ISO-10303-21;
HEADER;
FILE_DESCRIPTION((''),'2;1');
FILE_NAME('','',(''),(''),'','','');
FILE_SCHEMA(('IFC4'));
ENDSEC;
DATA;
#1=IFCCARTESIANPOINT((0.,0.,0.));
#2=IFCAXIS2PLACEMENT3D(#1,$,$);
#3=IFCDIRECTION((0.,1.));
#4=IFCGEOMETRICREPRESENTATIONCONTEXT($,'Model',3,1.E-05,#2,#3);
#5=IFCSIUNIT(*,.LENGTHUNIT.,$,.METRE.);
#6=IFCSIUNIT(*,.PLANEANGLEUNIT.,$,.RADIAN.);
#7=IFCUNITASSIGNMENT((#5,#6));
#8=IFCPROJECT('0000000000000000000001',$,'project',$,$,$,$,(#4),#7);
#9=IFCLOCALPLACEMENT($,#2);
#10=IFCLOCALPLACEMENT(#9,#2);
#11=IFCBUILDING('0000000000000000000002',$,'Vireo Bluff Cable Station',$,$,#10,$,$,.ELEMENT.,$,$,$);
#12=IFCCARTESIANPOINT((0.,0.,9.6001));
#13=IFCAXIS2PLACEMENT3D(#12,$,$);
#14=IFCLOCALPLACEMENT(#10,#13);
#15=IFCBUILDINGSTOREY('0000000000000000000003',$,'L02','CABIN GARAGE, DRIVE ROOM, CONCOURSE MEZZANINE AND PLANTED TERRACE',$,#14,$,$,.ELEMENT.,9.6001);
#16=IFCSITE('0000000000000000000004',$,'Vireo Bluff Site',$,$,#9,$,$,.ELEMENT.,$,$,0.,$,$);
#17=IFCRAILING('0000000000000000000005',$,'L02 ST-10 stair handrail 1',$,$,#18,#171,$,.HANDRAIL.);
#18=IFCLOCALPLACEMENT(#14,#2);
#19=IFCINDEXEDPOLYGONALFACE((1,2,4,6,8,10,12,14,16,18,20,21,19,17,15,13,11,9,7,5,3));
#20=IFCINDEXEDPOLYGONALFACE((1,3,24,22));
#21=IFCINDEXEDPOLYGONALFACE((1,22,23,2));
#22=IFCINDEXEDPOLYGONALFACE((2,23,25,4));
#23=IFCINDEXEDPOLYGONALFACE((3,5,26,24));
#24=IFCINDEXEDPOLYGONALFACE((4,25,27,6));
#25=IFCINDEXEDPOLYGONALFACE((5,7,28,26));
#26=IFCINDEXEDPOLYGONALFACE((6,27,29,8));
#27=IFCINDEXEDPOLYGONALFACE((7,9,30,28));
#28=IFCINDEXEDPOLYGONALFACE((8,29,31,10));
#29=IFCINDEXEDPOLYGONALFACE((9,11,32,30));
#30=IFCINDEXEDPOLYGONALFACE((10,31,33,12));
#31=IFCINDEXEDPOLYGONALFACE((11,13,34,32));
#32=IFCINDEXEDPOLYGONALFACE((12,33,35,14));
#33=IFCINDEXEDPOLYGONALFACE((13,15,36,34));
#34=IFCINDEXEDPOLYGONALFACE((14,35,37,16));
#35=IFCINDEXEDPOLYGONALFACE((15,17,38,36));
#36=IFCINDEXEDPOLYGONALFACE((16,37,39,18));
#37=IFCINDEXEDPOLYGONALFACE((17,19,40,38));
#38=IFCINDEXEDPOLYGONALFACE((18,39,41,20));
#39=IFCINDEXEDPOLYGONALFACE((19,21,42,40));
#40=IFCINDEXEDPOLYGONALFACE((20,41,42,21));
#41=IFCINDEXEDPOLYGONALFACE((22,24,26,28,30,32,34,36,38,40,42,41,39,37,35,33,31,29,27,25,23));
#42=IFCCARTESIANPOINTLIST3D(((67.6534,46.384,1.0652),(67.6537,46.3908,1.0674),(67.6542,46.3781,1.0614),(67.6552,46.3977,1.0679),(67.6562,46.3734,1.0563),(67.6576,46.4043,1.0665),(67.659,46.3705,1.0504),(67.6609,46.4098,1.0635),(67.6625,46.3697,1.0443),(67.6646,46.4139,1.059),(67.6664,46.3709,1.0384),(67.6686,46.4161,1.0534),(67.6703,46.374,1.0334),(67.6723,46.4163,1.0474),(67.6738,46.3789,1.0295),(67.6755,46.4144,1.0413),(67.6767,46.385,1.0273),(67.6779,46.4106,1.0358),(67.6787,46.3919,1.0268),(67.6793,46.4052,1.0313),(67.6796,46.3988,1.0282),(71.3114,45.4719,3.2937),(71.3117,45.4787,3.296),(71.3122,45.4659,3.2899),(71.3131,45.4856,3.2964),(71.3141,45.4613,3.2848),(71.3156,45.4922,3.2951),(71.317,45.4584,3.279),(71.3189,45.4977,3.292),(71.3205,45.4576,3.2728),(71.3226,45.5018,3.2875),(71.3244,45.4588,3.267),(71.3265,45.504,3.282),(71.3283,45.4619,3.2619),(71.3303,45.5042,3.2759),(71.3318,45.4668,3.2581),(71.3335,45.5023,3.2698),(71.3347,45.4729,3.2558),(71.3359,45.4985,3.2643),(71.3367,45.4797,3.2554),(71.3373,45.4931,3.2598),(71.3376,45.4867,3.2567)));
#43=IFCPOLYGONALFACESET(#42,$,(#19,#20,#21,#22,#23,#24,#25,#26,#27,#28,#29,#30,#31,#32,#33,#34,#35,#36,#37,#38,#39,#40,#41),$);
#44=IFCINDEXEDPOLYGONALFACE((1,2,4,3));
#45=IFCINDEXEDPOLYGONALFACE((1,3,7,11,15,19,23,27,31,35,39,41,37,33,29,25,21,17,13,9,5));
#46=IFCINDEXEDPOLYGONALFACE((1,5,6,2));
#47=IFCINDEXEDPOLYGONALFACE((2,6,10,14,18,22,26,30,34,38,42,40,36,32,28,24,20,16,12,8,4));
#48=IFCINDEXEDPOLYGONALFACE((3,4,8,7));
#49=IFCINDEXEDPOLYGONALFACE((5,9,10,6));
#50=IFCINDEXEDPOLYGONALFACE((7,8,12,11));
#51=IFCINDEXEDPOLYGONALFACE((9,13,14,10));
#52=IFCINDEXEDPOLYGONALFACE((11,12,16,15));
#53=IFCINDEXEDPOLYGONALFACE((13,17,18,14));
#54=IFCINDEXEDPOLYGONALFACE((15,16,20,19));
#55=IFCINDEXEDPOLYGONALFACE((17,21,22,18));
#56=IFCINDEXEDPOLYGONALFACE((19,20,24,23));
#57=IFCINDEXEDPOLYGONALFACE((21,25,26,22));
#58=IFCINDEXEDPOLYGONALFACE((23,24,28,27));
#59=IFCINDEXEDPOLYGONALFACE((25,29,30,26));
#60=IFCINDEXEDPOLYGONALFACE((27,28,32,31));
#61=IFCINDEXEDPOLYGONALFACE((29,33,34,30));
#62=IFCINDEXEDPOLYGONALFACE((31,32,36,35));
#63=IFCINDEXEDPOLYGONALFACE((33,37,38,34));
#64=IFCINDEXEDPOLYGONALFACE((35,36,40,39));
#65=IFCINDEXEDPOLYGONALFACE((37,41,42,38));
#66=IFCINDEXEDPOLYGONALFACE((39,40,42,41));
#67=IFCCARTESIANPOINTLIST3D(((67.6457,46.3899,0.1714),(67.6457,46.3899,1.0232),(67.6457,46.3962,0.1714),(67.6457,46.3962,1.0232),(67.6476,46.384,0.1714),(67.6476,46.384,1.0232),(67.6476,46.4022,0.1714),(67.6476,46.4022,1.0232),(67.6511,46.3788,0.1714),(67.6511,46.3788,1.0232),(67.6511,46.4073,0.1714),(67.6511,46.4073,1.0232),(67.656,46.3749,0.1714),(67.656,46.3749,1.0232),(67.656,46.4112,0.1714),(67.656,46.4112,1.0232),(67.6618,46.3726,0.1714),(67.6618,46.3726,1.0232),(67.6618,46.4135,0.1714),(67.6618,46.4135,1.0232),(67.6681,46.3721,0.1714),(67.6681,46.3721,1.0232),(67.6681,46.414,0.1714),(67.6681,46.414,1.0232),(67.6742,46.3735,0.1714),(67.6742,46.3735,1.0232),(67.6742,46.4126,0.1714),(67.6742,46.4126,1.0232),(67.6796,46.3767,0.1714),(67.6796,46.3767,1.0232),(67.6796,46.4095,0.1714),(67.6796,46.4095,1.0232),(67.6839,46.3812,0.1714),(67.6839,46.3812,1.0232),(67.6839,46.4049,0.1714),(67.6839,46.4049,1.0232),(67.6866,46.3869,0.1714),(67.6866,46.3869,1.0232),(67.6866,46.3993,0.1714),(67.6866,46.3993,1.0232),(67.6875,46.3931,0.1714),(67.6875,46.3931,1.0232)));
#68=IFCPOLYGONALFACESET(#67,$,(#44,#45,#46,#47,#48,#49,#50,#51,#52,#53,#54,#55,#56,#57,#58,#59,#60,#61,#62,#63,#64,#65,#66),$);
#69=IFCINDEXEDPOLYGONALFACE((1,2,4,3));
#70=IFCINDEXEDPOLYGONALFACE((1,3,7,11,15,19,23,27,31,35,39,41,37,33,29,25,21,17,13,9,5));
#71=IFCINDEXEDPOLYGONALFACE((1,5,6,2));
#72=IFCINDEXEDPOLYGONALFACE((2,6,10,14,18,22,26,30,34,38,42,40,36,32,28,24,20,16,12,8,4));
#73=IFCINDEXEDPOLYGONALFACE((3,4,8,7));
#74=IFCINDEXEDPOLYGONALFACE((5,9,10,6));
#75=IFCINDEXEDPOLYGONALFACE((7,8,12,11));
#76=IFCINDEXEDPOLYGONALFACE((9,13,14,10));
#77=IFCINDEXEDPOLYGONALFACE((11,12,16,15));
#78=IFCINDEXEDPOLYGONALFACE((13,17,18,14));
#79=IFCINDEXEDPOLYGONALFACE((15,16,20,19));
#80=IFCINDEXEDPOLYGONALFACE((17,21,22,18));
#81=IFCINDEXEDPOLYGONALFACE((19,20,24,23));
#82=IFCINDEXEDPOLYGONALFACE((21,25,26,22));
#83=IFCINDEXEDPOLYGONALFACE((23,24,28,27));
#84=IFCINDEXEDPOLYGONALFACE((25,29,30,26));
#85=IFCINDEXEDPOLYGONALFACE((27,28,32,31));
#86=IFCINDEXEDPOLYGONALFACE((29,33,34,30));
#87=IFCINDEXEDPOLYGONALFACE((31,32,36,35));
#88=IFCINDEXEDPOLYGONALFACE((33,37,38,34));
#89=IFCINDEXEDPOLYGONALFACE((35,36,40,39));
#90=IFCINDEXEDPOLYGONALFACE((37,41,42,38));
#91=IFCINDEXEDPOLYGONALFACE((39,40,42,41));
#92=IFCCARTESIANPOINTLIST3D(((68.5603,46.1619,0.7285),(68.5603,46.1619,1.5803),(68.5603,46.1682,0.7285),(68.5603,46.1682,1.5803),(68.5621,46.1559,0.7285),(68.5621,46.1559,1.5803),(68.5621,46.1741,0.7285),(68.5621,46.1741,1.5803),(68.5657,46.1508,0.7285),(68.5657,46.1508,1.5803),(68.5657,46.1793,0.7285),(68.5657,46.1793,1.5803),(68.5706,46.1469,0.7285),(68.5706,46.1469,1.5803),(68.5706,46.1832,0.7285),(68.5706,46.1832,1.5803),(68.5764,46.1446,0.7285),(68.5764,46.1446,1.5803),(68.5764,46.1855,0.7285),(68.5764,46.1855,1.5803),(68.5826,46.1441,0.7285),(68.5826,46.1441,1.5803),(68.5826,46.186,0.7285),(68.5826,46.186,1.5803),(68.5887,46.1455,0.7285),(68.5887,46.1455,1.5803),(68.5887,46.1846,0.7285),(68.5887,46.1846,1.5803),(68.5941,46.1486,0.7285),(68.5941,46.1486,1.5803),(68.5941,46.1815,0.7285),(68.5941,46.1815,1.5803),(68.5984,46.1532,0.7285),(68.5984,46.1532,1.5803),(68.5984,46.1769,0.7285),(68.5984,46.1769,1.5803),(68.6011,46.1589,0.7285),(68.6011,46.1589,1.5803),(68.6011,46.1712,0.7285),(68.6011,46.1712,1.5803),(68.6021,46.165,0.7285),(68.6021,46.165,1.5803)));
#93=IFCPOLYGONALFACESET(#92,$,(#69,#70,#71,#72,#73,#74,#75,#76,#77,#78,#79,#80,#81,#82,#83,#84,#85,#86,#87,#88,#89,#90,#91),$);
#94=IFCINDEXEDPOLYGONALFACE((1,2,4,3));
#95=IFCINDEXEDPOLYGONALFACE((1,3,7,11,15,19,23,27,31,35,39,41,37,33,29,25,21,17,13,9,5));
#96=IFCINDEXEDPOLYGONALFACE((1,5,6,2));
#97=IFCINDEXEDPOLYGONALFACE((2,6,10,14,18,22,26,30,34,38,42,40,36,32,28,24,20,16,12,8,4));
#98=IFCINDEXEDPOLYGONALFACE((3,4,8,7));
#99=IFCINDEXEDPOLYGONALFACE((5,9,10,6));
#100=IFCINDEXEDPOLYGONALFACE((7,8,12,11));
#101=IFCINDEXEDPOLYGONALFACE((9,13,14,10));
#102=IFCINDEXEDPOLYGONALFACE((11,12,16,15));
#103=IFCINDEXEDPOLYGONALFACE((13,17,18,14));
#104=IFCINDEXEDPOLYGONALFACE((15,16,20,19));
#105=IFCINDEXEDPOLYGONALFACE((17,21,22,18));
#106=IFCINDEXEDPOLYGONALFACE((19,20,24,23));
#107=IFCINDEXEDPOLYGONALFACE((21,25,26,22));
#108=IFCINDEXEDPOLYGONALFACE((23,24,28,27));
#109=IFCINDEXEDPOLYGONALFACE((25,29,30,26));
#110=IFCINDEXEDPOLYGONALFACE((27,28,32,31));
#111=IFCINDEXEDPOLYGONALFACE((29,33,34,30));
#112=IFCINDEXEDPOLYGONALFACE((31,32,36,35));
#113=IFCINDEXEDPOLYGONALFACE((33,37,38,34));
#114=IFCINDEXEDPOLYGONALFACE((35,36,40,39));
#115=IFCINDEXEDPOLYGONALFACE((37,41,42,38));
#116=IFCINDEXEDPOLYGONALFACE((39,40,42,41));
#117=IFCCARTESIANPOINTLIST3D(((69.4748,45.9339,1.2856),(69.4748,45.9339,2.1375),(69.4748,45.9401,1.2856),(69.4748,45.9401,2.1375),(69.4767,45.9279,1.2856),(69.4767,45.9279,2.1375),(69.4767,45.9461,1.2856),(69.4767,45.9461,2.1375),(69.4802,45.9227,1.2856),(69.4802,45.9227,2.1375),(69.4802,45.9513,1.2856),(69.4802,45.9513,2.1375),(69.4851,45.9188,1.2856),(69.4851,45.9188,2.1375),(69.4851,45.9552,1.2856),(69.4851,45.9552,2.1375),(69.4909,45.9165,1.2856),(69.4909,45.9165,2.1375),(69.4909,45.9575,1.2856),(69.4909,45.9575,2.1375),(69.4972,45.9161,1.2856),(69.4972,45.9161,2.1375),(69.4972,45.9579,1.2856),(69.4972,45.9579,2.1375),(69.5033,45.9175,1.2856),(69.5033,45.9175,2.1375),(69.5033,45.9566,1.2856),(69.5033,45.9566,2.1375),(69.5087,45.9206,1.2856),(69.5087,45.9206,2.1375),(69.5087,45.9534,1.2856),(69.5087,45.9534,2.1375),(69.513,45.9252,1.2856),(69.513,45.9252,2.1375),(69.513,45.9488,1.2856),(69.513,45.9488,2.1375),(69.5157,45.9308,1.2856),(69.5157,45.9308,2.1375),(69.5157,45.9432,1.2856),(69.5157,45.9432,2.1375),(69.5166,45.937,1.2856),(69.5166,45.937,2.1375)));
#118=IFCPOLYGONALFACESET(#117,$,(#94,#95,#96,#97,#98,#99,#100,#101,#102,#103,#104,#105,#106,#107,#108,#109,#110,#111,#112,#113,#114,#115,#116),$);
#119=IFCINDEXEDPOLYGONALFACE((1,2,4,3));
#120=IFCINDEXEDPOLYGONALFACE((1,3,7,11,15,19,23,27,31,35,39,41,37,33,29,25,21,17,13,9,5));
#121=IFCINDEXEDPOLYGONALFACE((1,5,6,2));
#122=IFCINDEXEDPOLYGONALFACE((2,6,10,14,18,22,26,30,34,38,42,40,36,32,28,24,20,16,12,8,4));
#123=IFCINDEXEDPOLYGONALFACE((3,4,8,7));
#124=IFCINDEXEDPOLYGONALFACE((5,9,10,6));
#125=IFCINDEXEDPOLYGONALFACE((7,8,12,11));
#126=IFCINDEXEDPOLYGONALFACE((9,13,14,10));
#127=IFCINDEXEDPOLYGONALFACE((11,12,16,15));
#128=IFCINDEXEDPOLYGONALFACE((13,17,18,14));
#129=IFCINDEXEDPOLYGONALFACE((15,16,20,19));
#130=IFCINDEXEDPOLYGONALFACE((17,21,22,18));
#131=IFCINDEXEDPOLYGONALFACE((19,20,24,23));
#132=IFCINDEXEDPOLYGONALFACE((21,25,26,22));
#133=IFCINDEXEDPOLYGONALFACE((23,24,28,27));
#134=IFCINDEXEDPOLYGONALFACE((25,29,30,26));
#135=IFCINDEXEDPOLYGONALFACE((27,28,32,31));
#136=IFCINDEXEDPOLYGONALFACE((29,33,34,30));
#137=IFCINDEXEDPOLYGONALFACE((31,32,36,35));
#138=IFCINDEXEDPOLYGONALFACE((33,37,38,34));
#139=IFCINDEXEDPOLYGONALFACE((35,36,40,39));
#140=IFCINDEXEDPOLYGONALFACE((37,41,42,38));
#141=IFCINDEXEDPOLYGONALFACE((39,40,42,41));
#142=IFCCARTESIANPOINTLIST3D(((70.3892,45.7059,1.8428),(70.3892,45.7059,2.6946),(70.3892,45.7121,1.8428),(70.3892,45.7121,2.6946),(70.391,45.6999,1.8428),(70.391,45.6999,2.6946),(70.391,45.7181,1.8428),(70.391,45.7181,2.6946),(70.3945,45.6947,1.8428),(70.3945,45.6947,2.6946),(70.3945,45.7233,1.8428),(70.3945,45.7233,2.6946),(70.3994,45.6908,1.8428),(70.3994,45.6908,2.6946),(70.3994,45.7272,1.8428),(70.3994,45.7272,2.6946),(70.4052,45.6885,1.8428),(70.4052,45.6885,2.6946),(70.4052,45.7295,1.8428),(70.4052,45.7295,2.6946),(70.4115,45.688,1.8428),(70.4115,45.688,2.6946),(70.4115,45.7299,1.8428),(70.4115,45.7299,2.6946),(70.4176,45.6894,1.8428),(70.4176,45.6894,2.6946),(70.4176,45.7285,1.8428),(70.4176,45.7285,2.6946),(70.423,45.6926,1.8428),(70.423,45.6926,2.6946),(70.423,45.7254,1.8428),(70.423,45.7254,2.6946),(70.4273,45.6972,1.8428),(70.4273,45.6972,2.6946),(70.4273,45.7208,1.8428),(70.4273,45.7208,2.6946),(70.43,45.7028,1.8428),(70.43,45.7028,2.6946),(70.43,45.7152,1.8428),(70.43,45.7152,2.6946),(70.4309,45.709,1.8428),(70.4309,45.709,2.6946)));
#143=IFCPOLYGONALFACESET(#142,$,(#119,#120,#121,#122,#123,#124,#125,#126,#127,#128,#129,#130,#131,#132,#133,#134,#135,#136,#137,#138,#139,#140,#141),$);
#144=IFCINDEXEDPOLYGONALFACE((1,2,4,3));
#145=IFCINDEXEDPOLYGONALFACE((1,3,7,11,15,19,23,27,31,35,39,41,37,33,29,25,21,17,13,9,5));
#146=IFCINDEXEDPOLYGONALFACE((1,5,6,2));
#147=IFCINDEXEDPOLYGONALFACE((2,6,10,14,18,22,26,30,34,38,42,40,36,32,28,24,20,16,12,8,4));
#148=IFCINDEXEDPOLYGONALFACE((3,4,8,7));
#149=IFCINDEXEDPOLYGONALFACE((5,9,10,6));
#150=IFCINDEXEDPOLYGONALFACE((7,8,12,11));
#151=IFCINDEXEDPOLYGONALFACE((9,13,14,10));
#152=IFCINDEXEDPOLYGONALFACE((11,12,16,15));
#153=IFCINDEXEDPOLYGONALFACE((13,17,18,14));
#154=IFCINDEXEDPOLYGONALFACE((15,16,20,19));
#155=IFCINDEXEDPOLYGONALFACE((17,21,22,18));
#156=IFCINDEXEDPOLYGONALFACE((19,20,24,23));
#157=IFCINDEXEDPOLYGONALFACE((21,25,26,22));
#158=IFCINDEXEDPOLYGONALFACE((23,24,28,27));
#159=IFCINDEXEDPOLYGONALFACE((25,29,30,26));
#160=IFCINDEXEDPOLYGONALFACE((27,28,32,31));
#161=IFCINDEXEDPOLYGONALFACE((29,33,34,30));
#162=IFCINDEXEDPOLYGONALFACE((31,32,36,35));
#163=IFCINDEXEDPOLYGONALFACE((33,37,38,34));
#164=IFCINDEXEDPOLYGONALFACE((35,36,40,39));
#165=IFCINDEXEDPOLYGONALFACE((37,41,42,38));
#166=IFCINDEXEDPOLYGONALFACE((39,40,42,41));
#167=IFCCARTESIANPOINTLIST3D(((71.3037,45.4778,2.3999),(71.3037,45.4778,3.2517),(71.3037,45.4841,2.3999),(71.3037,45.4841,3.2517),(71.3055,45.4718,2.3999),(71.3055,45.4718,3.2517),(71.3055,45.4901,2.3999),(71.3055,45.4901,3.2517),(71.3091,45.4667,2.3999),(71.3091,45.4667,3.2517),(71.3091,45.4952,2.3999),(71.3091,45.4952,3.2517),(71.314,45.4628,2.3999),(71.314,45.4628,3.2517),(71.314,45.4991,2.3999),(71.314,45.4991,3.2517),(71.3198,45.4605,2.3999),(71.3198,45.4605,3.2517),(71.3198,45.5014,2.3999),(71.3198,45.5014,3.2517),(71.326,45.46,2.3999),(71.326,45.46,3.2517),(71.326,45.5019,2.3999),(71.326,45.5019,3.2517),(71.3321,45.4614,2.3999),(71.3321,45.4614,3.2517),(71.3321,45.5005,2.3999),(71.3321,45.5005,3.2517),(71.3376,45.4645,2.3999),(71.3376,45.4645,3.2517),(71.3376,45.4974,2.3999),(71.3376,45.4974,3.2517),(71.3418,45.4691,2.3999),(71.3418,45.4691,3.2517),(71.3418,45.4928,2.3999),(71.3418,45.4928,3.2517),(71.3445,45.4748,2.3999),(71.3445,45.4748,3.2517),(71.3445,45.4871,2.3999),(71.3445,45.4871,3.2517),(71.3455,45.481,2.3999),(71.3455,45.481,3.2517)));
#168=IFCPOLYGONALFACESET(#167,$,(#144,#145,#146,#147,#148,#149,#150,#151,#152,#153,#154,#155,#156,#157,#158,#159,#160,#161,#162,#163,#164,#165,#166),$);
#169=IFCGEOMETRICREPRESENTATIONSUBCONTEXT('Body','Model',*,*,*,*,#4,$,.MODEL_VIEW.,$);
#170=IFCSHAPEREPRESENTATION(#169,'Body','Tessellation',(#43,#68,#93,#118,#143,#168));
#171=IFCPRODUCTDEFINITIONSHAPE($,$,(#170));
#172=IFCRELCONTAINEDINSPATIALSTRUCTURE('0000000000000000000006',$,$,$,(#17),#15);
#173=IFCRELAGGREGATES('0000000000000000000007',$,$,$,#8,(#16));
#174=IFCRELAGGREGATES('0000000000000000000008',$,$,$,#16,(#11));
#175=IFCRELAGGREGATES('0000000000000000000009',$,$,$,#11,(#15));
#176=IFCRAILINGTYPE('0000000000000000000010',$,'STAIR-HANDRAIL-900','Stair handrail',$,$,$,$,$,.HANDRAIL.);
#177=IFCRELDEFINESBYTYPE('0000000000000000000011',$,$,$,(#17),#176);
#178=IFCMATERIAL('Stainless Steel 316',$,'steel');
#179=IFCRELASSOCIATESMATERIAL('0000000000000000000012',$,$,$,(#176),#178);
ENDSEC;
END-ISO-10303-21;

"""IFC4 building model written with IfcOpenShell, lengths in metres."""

from ifc_helpers import new_model, si_unit, direction, frame, origin, origin_2d, place, context, subcontext, project, spatial, circle, extrude, material, type_object, element, save


model = new_model("IFC4")

# Units and contexts
model_context = context("Model", 3, precision=1e-05, world=origin(), true_north=direction((0.0, 1.0)))
body_context = subcontext(model_context, "Body", "Model", "MODEL_VIEW")
ifc_project = project(units=[si_unit("LENGTHUNIT", "METRE"), si_unit("PLANEANGLEUNIT", "RADIAN")], contexts=[model_context])

# Site, building, storey
site_placement = place(None, origin())
site = spatial("IfcSite", under=ifc_project, at=site_placement, Name="Vireo Bluff Site", CompositionType="ELEMENT", RefElevation=0.0)
building_placement = place(site_placement, origin())
building = spatial("IfcBuilding", under=site, at=building_placement, Name="Vireo Bluff Cable Station", CompositionType="ELEMENT")
storey_placement = place(building_placement, frame((0.0, 0.0, 9.6001)))
storey = spatial("IfcBuildingStorey", under=building, at=storey_placement, Name="L02", Description="CABIN GARAGE, DRIVE ROOM, CONCOURSE MEZZANINE AND PLANTED TERRACE", CompositionType="ELEMENT", Elevation=9.6001)

# Railing
ifc_material_1 = material(Name="Stainless Steel 316", Category="steel")
railing_type_1 = type_object("IfcRailingType", Name="STAIR-HANDRAIL-900", Description="Stair handrail", PredefinedType="HANDRAIL", material=ifc_material_1)
railing_1_placement = place(storey_placement, frame((67.6665, 46.3931, 0.1714)))
element("IfcRailing", 1, at=railing_1_placement, inside=storey, type_object=railing_type_1, Name="L02 ST-10 stair handrail 1", PredefinedType="HANDRAIL", context=body_context, shape_type="SweptSolid", body=[
    extrude(circle(Radius=0.0239, at=origin_2d()), frame((0.0, 0.0, 0.876), z_axis=(0.83527, -0.208274, 0.508867), x_axis=(0.241941, 0.970291, 0.0)), (0.0, 0.0, 1.0), 4.3794),
    extrude(circle(Radius=0.021, at=origin_2d()), origin(), (0.0, 0.0, 1.0), 0.8518),
    extrude(circle(Radius=0.021, at=origin_2d()), frame((0.9146, -0.228, 0.5571)), (0.0, 0.0, 1.0), 0.8518),
    extrude(circle(Radius=0.021, at=origin_2d()), frame((1.8291, -0.4561, 1.1143)), (0.0, 0.0, 1.0), 0.8518),
    extrude(circle(Radius=0.021, at=origin_2d()), frame((2.7434, -0.6841, 1.6714)), (0.0, 0.0, 1.0), 0.8518),
    extrude(circle(Radius=0.021, at=origin_2d()), frame((3.658, -0.9121, 2.2285)), (0.0, 0.0, 1.0), 0.8518),
])

save(model, "model.ifc")
